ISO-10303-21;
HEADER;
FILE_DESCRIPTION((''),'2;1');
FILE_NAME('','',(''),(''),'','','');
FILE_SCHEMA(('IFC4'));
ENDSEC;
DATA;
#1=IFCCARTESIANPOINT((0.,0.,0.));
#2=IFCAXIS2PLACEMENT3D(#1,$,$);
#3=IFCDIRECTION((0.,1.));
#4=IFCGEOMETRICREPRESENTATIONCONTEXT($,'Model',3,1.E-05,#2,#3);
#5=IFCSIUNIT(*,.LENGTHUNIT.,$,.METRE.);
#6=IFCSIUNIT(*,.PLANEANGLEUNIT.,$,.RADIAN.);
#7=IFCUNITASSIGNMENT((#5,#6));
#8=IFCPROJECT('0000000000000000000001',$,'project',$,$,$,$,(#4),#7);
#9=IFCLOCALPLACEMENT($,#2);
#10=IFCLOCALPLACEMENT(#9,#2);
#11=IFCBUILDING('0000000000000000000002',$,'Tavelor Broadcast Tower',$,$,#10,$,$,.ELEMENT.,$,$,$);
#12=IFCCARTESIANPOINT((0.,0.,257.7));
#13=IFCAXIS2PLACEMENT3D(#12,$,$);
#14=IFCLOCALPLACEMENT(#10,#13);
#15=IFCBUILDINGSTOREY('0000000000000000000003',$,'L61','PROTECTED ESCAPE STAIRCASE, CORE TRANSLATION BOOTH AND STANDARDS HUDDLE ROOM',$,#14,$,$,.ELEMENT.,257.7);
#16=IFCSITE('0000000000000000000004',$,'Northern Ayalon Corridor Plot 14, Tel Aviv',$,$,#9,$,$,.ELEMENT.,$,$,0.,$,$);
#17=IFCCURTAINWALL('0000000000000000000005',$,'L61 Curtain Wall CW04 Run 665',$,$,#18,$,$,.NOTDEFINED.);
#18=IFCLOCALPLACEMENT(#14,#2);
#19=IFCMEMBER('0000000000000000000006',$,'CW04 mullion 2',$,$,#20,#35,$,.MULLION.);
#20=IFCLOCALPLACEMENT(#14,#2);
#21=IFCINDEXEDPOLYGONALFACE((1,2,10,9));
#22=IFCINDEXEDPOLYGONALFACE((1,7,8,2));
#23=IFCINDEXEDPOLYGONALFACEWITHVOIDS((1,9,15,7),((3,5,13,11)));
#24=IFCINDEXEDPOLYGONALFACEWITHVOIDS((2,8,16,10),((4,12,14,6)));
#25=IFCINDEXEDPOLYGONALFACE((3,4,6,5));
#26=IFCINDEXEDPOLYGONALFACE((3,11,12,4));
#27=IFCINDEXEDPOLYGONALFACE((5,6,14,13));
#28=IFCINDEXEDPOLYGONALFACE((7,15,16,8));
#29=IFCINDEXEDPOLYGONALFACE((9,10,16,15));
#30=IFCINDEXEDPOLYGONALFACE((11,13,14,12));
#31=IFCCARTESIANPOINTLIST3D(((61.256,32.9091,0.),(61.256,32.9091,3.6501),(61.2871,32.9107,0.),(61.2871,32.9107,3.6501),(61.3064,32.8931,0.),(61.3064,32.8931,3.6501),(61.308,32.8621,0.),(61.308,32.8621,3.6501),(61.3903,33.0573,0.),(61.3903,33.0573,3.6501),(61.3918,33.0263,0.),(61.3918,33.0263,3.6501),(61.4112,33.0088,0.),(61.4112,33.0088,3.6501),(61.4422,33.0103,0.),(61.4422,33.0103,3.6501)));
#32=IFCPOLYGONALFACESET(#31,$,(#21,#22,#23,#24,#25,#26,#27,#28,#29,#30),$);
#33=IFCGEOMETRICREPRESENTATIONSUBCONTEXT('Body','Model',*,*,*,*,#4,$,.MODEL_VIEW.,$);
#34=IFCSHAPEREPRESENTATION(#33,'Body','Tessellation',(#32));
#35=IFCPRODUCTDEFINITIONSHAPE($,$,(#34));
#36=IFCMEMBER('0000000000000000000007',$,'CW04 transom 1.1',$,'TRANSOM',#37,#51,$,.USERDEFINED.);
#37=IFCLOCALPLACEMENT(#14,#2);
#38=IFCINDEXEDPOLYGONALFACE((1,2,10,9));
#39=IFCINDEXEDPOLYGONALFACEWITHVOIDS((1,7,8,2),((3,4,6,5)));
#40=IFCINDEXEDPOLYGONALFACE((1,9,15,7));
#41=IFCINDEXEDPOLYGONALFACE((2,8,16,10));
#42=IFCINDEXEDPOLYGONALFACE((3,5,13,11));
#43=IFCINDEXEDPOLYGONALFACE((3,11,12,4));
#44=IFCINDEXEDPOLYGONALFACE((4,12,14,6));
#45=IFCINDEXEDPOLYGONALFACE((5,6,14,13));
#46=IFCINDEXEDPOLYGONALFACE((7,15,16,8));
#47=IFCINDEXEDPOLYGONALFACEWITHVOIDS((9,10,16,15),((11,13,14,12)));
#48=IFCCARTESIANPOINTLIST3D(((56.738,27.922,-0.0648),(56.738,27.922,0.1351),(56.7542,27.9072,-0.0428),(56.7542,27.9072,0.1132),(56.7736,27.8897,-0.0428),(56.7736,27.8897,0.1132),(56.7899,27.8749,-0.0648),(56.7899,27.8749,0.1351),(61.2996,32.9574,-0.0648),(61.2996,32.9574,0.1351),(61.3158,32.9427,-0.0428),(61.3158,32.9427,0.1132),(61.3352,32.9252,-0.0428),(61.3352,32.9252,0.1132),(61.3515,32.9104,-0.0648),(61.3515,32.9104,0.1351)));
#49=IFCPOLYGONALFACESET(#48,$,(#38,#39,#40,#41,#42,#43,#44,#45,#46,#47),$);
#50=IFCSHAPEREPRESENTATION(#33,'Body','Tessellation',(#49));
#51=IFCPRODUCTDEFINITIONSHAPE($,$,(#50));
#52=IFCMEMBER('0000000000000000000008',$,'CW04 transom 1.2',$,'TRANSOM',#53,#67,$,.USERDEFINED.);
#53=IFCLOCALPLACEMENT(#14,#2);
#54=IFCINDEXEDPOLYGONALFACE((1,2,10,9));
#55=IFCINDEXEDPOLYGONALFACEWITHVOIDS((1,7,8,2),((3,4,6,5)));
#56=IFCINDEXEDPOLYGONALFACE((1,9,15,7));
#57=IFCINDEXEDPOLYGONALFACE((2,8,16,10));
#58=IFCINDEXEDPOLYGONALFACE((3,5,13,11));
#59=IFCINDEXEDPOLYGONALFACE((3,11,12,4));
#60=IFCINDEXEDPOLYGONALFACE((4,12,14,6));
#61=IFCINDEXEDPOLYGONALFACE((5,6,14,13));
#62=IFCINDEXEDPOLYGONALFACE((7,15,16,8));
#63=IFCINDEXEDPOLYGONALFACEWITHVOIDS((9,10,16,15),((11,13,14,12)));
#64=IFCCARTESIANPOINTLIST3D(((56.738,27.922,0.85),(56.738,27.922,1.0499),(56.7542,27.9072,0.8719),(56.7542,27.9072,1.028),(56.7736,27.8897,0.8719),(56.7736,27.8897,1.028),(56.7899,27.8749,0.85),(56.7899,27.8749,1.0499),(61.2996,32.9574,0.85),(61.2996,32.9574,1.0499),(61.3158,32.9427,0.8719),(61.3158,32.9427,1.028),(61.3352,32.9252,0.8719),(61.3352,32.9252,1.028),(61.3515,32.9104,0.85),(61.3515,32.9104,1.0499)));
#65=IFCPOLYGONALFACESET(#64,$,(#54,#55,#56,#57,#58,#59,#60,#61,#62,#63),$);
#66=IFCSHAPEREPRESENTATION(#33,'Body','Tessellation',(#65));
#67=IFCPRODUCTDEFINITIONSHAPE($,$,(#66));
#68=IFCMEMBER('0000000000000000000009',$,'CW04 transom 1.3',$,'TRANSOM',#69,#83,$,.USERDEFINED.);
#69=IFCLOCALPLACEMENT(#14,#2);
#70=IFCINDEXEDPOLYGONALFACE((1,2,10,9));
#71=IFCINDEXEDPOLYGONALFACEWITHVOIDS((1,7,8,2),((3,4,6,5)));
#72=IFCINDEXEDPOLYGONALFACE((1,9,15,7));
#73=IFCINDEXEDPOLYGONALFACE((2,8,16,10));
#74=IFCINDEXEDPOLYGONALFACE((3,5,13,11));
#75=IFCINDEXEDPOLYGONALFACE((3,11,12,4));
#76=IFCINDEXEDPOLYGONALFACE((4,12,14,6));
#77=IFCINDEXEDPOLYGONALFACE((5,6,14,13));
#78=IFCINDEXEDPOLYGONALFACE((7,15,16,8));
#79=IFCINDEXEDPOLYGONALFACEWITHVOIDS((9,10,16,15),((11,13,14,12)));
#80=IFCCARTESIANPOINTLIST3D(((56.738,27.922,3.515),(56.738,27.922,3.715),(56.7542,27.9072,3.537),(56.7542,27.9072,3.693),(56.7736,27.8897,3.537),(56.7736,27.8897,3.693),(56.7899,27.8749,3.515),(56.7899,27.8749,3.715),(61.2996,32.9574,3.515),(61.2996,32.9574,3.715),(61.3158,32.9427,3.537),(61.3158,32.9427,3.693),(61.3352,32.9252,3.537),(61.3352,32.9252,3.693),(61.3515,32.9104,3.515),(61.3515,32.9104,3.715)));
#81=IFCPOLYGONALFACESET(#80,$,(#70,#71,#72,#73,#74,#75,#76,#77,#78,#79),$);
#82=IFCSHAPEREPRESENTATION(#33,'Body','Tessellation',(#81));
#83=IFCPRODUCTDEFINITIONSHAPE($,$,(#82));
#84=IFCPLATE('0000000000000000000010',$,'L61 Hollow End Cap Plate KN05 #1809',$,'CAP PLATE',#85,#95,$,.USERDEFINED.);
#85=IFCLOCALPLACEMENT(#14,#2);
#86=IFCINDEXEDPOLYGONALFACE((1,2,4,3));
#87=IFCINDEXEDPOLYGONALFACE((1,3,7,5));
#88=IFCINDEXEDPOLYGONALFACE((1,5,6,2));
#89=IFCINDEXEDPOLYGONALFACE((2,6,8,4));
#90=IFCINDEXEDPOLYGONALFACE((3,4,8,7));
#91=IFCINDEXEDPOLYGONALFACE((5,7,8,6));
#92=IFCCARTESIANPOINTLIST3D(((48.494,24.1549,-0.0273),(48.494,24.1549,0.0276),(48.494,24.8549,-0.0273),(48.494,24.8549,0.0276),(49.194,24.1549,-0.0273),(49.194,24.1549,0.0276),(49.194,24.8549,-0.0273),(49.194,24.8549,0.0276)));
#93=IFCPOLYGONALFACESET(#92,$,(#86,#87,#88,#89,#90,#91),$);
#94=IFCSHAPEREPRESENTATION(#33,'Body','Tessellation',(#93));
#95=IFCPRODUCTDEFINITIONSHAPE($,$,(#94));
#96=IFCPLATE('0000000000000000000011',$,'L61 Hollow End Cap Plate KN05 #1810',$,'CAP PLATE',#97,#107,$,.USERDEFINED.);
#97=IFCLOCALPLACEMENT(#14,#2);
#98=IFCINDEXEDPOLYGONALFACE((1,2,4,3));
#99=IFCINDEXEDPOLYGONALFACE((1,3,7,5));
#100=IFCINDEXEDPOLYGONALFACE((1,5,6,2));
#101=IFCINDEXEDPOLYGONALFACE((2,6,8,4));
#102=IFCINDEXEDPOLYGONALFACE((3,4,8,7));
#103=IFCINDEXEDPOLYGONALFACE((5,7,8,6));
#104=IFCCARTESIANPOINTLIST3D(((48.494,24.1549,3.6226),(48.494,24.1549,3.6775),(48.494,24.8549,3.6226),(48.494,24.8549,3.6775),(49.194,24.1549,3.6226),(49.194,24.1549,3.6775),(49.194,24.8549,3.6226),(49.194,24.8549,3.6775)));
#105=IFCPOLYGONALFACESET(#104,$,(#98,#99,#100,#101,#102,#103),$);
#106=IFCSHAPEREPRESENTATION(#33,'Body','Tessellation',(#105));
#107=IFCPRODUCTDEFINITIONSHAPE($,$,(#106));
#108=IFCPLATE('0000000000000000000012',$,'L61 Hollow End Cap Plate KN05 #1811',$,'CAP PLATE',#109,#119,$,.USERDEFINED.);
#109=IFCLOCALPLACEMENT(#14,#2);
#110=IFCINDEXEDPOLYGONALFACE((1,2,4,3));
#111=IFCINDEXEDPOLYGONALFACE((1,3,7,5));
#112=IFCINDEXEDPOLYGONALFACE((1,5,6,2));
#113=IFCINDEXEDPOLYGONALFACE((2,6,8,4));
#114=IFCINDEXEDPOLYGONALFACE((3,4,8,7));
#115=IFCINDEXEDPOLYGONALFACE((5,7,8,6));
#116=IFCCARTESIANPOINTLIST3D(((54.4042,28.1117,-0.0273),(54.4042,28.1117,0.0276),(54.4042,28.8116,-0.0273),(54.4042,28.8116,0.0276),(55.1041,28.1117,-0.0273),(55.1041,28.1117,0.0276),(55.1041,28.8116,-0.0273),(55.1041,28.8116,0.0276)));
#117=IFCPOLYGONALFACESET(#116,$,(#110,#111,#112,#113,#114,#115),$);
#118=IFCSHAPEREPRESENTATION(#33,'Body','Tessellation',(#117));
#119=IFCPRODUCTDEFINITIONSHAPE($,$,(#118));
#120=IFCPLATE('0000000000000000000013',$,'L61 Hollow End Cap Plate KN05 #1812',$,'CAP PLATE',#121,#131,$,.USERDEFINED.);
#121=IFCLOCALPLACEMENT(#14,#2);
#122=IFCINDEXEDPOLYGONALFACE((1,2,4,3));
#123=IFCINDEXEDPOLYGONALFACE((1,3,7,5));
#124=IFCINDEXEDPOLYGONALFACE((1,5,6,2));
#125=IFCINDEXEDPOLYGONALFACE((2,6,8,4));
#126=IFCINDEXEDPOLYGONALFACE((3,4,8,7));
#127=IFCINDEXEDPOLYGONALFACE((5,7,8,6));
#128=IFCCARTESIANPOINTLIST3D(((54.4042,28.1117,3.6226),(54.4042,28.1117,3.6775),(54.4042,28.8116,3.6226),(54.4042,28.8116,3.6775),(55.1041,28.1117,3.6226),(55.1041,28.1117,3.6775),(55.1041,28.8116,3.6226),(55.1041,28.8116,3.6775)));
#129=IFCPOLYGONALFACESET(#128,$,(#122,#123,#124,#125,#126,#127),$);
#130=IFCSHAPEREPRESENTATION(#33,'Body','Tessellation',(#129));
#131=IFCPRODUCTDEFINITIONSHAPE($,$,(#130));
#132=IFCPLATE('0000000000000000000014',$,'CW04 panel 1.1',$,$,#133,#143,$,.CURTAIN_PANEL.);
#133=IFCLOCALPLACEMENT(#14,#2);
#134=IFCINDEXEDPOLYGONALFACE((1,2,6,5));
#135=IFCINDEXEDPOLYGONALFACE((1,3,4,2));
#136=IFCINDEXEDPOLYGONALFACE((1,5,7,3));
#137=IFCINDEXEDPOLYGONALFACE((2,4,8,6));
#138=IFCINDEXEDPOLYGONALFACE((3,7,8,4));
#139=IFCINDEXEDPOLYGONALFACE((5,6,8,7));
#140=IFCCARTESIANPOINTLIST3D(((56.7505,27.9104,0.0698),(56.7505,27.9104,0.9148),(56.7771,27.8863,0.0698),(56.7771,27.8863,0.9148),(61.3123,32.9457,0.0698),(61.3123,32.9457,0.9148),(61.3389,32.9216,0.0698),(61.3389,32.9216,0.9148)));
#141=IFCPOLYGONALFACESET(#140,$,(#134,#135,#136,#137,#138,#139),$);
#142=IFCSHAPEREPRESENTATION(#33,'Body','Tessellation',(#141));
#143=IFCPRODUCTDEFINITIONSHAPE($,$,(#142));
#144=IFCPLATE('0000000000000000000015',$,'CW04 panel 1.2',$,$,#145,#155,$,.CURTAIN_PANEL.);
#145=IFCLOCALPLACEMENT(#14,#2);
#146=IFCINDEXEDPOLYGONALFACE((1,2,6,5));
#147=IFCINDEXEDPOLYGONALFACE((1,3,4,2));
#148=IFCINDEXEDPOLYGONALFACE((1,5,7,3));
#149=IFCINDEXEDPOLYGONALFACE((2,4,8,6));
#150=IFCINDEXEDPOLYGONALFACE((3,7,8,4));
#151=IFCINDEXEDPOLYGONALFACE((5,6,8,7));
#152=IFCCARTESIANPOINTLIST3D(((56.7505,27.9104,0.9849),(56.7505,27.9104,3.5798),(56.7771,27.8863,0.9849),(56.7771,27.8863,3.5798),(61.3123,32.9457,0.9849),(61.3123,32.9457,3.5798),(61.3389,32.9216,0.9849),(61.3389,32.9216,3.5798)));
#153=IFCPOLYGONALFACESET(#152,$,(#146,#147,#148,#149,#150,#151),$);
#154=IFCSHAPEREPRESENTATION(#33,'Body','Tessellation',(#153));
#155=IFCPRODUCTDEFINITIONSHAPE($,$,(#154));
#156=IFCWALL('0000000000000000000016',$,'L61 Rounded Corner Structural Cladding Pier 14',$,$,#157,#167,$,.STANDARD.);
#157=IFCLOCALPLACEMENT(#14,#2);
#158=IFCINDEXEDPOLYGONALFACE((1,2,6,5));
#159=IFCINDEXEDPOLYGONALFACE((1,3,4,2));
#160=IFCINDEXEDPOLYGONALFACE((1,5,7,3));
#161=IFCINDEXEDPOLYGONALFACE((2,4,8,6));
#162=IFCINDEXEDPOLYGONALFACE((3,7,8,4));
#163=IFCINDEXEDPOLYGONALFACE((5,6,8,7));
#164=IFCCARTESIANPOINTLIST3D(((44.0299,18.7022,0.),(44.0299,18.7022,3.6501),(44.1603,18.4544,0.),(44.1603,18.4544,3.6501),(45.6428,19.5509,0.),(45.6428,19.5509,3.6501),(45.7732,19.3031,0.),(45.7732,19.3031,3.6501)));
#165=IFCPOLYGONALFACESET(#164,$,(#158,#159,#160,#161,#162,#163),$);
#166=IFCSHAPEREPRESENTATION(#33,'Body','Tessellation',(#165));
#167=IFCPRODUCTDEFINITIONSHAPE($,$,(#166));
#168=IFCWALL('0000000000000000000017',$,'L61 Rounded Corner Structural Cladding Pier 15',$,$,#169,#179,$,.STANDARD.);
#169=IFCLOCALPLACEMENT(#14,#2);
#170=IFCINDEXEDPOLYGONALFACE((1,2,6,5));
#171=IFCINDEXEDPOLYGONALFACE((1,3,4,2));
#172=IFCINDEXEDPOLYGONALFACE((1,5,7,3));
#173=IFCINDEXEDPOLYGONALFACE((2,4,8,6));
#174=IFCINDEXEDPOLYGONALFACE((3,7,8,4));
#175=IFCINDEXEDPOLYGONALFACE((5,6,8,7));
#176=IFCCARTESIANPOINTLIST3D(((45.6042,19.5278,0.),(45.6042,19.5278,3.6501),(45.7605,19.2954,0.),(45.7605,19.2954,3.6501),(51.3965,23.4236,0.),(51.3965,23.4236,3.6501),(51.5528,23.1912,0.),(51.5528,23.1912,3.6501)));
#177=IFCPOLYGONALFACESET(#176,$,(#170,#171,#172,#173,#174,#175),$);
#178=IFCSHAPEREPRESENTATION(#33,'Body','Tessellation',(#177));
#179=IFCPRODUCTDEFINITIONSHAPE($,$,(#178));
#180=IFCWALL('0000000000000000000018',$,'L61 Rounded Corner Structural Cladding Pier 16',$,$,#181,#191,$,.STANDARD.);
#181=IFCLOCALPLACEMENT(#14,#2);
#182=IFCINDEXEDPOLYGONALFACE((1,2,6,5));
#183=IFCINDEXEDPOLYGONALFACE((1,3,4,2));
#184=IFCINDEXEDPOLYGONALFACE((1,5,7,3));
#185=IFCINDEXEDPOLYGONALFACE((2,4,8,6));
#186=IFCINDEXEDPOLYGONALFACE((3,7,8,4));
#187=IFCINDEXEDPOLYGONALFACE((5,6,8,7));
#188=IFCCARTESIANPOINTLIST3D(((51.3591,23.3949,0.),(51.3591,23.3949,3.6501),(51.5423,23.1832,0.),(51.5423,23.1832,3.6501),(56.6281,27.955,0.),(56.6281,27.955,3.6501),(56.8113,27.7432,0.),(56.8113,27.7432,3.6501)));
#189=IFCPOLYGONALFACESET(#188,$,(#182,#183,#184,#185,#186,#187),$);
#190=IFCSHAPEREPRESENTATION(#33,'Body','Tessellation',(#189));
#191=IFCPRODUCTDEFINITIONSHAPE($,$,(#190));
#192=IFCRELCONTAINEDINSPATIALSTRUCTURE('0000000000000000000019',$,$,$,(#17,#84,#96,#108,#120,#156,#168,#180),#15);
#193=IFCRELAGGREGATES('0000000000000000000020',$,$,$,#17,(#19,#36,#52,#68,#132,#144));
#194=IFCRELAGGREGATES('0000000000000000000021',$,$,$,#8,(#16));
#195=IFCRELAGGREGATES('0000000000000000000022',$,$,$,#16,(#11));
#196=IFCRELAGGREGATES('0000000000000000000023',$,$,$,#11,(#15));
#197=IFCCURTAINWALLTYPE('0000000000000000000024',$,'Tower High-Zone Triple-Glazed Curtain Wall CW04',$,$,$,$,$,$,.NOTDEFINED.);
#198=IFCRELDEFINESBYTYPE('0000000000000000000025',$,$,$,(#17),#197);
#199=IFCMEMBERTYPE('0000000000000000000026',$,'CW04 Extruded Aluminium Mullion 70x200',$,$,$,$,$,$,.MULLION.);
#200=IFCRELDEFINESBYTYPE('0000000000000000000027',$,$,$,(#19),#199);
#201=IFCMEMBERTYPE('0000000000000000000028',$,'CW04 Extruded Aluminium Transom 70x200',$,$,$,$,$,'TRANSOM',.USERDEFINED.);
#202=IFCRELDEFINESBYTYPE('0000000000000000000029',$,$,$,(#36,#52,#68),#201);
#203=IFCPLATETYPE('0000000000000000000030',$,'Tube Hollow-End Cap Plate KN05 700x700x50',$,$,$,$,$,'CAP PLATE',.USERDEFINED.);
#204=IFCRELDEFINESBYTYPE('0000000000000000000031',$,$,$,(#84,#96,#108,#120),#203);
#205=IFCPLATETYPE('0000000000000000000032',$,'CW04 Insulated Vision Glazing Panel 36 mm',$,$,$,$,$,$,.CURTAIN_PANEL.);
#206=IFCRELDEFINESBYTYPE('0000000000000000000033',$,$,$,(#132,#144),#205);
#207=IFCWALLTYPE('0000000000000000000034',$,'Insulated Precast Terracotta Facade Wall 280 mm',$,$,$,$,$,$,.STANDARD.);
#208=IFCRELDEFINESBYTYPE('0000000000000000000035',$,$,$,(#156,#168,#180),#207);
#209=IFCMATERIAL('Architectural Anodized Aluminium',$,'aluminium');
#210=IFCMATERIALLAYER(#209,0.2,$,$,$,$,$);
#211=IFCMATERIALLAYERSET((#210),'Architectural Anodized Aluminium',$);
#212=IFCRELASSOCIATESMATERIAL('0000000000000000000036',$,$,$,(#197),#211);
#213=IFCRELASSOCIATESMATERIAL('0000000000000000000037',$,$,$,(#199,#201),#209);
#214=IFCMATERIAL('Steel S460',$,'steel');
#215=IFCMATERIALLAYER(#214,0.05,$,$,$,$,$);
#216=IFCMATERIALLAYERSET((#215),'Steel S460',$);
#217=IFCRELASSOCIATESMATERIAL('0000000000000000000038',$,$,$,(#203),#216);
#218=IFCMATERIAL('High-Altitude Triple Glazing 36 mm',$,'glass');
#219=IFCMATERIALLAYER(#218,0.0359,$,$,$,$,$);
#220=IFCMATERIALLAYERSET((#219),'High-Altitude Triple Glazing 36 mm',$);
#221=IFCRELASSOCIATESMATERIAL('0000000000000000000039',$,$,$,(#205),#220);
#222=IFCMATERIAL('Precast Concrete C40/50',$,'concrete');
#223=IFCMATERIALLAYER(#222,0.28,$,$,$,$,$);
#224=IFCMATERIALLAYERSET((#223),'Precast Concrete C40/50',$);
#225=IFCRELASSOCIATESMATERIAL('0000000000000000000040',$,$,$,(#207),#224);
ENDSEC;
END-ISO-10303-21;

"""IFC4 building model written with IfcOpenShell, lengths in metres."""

from ifc_helpers import new_model, si_unit, direction, frame, frame_2d, origin, origin_2d, place, context, subcontext, project, spatial, rectangle, hollow_rectangle, extrude, source, transform, mapped, material, layer, layer_set, material_profile, profile_set, type_object, type_shapes, element, aggregate, save


model = new_model("IFC4")

# Units and contexts
model_context = context("Model", 3, precision=1e-05, world=origin(), true_north=direction((0.0, 1.0)))
body_context = subcontext(model_context, "Body", "Model", "MODEL_VIEW")
ifc_project = project(units=[si_unit("LENGTHUNIT", "METRE"), si_unit("PLANEANGLEUNIT", "RADIAN")], contexts=[model_context])

# Site, building, storey
site_placement = place(None, origin())
site = spatial("IfcSite", under=ifc_project, at=site_placement, Name="Northern Ayalon Corridor Plot 14, Tel Aviv", CompositionType="ELEMENT", RefElevation=0.0)
building_placement = place(site_placement, origin())
building = spatial("IfcBuilding", under=site, at=building_placement, Name="Tavelor Broadcast Tower", CompositionType="ELEMENT")
storey_placement = place(building_placement, frame((0.0, 0.0, 257.7)))
storey = spatial("IfcBuildingStorey", under=building, at=storey_placement, Name="L61", Description="PROTECTED ESCAPE STAIRCASE, CORE TRANSLATION BOOTH AND STANDARDS HUDDLE ROOM", CompositionType="ELEMENT", Elevation=257.7)

# Shared definitions
ifc_material_1 = material(Name="Steel S460", Category="steel")

# Curtain wall, members
ifc_material_2 = material(Name="Architectural Anodized Aluminium", Category="aluminium")
ifc_layer_1 = layer(ifc_material_2, 0.2)
ifc_layer_set_1 = layer_set([ifc_layer_1], Name="Architectural Anodized Aluminium")
curtain_wall_type = type_object("IfcCurtainWallType", Name="Tower High-Zone Triple-Glazed Curtain Wall CW04", PredefinedType="NOTDEFINED", material=ifc_layer_set_1)
curtain_wall_placement = place(storey_placement, origin())
curtain_wall = element("IfcCurtainWall", 1, at=curtain_wall_placement, inside=storey, type_object=curtain_wall_type, Name="L61 Curtain Wall CW04 Run 665", PredefinedType="NOTDEFINED")
ifc_material_profile_1 = material_profile(ifc_material_2, hollow_rectangle(XDim=0.0701, YDim=0.2, WallThickness=0.022, at=origin_2d()), Name="RHS 70x200x22")
ifc_profile_set_1 = profile_set([ifc_material_profile_1], Name="Architectural Anodized Aluminium")
member_type_1 = type_object("IfcMemberType", Name="CW04 Extruded Aluminium Mullion 70x200", PredefinedType="MULLION", material=ifc_profile_set_1)
shared_shape_1 = source(origin(), body_context, "Body", "SweptSolid", [
    extrude(hollow_rectangle(XDim=0.0701, YDim=0.2, WallThickness=0.022, at=origin_2d()), origin(), (0.0, 0.0, 1.0), 3.6501),
])
type_shapes(member_type_1, [shared_shape_1])
member_1_placement = place(storey_placement, frame((61.3491, 32.9597, 0.0), z_axis=(0.0, 0.0, 1.0), x_axis=(-0.741096, 0.671399, 0.0)))
member_1 = element("IfcMember", 2, at=member_1_placement, type_object=member_type_1, Name="CW04 mullion 2", PredefinedType="MULLION", context=body_context, shape_type="MappedRepresentation", body=[
    mapped(shared_shape_1, transform((0.0, 0.0, 0.0), scale=1.0)),
])
ifc_material_profile_2 = material_profile(ifc_material_2, hollow_rectangle(XDim=0.0701, YDim=0.2, WallThickness=0.022, at=origin_2d()), Name="RHS 70x200x22")
ifc_profile_set_2 = profile_set([ifc_material_profile_2], Name="Architectural Anodized Aluminium")
member_type_2 = type_object("IfcMemberType", Name="CW04 Extruded Aluminium Transom 70x200", ElementType="TRANSOM", PredefinedType="USERDEFINED", material=ifc_profile_set_2)
shared_shape_2 = source(origin(), body_context, "Body", "SweptSolid", [
    extrude(hollow_rectangle(XDim=0.0701, YDim=0.2, WallThickness=0.022, at=origin_2d()), origin(), (0.0, 0.0, 1.0), 6.7944),
])
type_shapes(member_type_2, [shared_shape_2])
member_2_placement = place(storey_placement, frame((56.7639, 27.8984, 0.0352), z_axis=(0.671373, 0.741119, 0.0), x_axis=(-0.741119, 0.671373, 0.0)))
member_2 = element("IfcMember", 3, at=member_2_placement, type_object=member_type_2, Name="CW04 transom 1.1", ObjectType="TRANSOM", PredefinedType="USERDEFINED", context=body_context, shape_type="MappedRepresentation", body=[
    mapped(shared_shape_2, transform((0.0, 0.0, 0.0), scale=1.0)),
])
member_3_placement = place(storey_placement, frame((56.7639, 27.8984, 0.95), z_axis=(0.671373, 0.741119, 0.0), x_axis=(-0.741119, 0.671373, 0.0)))
member_3 = element("IfcMember", 4, at=member_3_placement, type_object=member_type_2, Name="CW04 transom 1.2", ObjectType="TRANSOM", PredefinedType="USERDEFINED", context=body_context, shape_type="MappedRepresentation", body=[
    mapped(shared_shape_2, transform((0.0, 0.0, 0.0), scale=1.0)),
])
member_4_placement = place(storey_placement, frame((56.7639, 27.8984, 3.615), z_axis=(0.671373, 0.741119, 0.0), x_axis=(-0.741119, 0.671373, 0.0)))
member_4 = element("IfcMember", 5, at=member_4_placement, type_object=member_type_2, Name="CW04 transom 1.3", ObjectType="TRANSOM", PredefinedType="USERDEFINED", context=body_context, shape_type="MappedRepresentation", body=[
    mapped(shared_shape_2, transform((0.0, 0.0, 0.0), scale=1.0)),
])

# Plates
ifc_layer_2 = layer(ifc_material_1, 0.05)
ifc_layer_set_2 = layer_set([ifc_layer_2], Name="Steel S460")
plate_type_1 = type_object("IfcPlateType", Name="Tube Hollow-End Cap Plate KN05 700x700x50", ElementType="CAP PLATE", PredefinedType="USERDEFINED", material=ifc_layer_set_2)
shared_shape_3 = source(origin(), body_context, "Body", "SweptSolid", [
    extrude(rectangle(XDim=0.7, YDim=0.7, at=origin_2d()), origin(), (0.0, 0.0, 1.0), 0.0549),
])
type_shapes(plate_type_1, [shared_shape_3])
for number, where, z_axis, x_axis, name in (
    (6, (48.844, 24.5049, -0.0273), (0.0, 0.0, 1.0), (1.0, 0.0, 0.0), "L61 Hollow End Cap Plate KN05 #1809"),
    (7, (48.844, 24.5049, 3.6226), (0.0, 0.0, 1.0), (1.0, 0.0, 0.0), "L61 Hollow End Cap Plate KN05 #1810"),
    (8, (54.7542, 28.4617, -0.0273), (0.0, 0.0, 1.0), (1.0, 0.0, 0.0), "L61 Hollow End Cap Plate KN05 #1811"),
    (9, (54.7542, 28.4617, 3.6226), (0.0, 0.0, 1.0), (1.0, 0.0, 0.0), "L61 Hollow End Cap Plate KN05 #1812"),
):
    element("IfcPlate", number, at=place(storey_placement, frame(where, z_axis=z_axis, x_axis=x_axis)), inside=storey, type_object=plate_type_1, Name=name, ObjectType="CAP PLATE", PredefinedType="USERDEFINED", context=body_context, shape_type="MappedRepresentation", body=[
        mapped(shared_shape_3, transform((0.0, 0.0, 0.0), scale=1.0)),
    ])

# Plates
ifc_material_3 = material(Name="High-Altitude Triple Glazing 36 mm", Category="glass")
ifc_layer_3 = layer(ifc_material_3, 0.0359)
ifc_layer_set_3 = layer_set([ifc_layer_3], Name="High-Altitude Triple Glazing 36 mm")
plate_type_2 = type_object("IfcPlateType", Name="CW04 Insulated Vision Glazing Panel 36 mm", PredefinedType="CURTAIN_PANEL", material=ifc_layer_set_3)
shared_shape_4 = source(origin(), body_context, "Body", "SweptSolid", [
    extrude(rectangle(XDim=6.7944, YDim=0.0359, at=origin_2d()), origin(), (0.0, 0.0, 1.0), 0.845),
])
plate_1_placement = place(storey_placement, frame((59.0447, 30.416, 0.0698), z_axis=(0.0, 0.0, 1.0), x_axis=(0.671399, 0.741096, 0.0)))
plate_1 = element("IfcPlate", 10, at=plate_1_placement, type_object=plate_type_2, Name="CW04 panel 1.1", PredefinedType="CURTAIN_PANEL", context=body_context, shape_type="MappedRepresentation", body=[
    mapped(shared_shape_4, transform((0.0, 0.0, 0.0), scale=1.0)),
])
shared_shape_5 = source(origin(), body_context, "Body", "SweptSolid", [
    extrude(rectangle(XDim=6.7944, YDim=0.0359, at=origin_2d()), origin(), (0.0, 0.0, 1.0), 2.595),
])
type_shapes(plate_type_2, [shared_shape_4, shared_shape_5])
plate_2_placement = place(storey_placement, frame((59.0447, 30.416, 0.9849), z_axis=(0.0, 0.0, 1.0), x_axis=(0.671399, 0.741096, 0.0)))
plate_2 = element("IfcPlate", 11, at=plate_2_placement, type_object=plate_type_2, Name="CW04 panel 1.2", PredefinedType="CURTAIN_PANEL", context=body_context, shape_type="MappedRepresentation", body=[
    mapped(shared_shape_5, transform((0.0, 0.0, 0.0), scale=1.0)),
])
aggregate(curtain_wall, [member_1, member_2, member_3, member_4, plate_1, plate_2])

# Walls
ifc_material_4 = material(Name="Precast Concrete C40/50", Category="concrete")
ifc_layer_4 = layer(ifc_material_4, 0.28)
ifc_layer_set_4 = layer_set([ifc_layer_4], Name="Precast Concrete C40/50")
wall_type = type_object("IfcWallType", Name="Insulated Precast Terracotta Facade Wall 280 mm", PredefinedType="STANDARD", material=ifc_layer_set_4)
wall_1_placement = place(storey_placement, frame((44.0952, 18.5784, 0.0), z_axis=(0.0, 0.0, 1.0), x_axis=(0.884965, 0.465658, 0.0)))
element("IfcWall", 12, at=wall_1_placement, inside=storey, type_object=wall_type, Name="L61 Rounded Corner Structural Cladding Pier 14", PredefinedType="STANDARD", context=body_context, shape_type="SweptSolid", body=[
    extrude(rectangle(XDim=1.8225, YDim=0.28, at=frame_2d((0.9111, 0.0))), origin(), (0.0, 0.0, 1.0), 3.6501),
])
wall_2_placement = place(storey_placement, frame((45.6824, 19.4116, 0.0), z_axis=(0.0, 0.0, 1.0), x_axis=(0.829778, 0.558094, 0.0)))
element("IfcWall", 13, at=wall_2_placement, inside=storey, type_object=wall_type, Name="L61 Rounded Corner Structural Cladding Pier 15", PredefinedType="STANDARD", context=body_context, shape_type="SweptSolid", body=[
    extrude(rectangle(XDim=6.9805, YDim=0.28, at=frame_2d((3.4902, 0.0))), origin(), (0.0, 0.0, 1.0), 3.6501),
])
wall_3_placement = place(storey_placement, frame((51.4507, 23.2891, 0.0), z_axis=(0.0, 0.0, 1.0), x_axis=(0.756147, 0.654402, 0.0)))
element("IfcWall", 14, at=wall_3_placement, inside=storey, type_object=wall_type, Name="L61 Rounded Corner Structural Cladding Pier 16", PredefinedType="STANDARD", context=body_context, shape_type="SweptSolid", body=[
    extrude(rectangle(XDim=6.9683, YDim=0.28, at=frame_2d((3.4841, 0.0))), origin(), (0.0, 0.0, 1.0), 3.6501),
])

save(model, "model.ifc")
